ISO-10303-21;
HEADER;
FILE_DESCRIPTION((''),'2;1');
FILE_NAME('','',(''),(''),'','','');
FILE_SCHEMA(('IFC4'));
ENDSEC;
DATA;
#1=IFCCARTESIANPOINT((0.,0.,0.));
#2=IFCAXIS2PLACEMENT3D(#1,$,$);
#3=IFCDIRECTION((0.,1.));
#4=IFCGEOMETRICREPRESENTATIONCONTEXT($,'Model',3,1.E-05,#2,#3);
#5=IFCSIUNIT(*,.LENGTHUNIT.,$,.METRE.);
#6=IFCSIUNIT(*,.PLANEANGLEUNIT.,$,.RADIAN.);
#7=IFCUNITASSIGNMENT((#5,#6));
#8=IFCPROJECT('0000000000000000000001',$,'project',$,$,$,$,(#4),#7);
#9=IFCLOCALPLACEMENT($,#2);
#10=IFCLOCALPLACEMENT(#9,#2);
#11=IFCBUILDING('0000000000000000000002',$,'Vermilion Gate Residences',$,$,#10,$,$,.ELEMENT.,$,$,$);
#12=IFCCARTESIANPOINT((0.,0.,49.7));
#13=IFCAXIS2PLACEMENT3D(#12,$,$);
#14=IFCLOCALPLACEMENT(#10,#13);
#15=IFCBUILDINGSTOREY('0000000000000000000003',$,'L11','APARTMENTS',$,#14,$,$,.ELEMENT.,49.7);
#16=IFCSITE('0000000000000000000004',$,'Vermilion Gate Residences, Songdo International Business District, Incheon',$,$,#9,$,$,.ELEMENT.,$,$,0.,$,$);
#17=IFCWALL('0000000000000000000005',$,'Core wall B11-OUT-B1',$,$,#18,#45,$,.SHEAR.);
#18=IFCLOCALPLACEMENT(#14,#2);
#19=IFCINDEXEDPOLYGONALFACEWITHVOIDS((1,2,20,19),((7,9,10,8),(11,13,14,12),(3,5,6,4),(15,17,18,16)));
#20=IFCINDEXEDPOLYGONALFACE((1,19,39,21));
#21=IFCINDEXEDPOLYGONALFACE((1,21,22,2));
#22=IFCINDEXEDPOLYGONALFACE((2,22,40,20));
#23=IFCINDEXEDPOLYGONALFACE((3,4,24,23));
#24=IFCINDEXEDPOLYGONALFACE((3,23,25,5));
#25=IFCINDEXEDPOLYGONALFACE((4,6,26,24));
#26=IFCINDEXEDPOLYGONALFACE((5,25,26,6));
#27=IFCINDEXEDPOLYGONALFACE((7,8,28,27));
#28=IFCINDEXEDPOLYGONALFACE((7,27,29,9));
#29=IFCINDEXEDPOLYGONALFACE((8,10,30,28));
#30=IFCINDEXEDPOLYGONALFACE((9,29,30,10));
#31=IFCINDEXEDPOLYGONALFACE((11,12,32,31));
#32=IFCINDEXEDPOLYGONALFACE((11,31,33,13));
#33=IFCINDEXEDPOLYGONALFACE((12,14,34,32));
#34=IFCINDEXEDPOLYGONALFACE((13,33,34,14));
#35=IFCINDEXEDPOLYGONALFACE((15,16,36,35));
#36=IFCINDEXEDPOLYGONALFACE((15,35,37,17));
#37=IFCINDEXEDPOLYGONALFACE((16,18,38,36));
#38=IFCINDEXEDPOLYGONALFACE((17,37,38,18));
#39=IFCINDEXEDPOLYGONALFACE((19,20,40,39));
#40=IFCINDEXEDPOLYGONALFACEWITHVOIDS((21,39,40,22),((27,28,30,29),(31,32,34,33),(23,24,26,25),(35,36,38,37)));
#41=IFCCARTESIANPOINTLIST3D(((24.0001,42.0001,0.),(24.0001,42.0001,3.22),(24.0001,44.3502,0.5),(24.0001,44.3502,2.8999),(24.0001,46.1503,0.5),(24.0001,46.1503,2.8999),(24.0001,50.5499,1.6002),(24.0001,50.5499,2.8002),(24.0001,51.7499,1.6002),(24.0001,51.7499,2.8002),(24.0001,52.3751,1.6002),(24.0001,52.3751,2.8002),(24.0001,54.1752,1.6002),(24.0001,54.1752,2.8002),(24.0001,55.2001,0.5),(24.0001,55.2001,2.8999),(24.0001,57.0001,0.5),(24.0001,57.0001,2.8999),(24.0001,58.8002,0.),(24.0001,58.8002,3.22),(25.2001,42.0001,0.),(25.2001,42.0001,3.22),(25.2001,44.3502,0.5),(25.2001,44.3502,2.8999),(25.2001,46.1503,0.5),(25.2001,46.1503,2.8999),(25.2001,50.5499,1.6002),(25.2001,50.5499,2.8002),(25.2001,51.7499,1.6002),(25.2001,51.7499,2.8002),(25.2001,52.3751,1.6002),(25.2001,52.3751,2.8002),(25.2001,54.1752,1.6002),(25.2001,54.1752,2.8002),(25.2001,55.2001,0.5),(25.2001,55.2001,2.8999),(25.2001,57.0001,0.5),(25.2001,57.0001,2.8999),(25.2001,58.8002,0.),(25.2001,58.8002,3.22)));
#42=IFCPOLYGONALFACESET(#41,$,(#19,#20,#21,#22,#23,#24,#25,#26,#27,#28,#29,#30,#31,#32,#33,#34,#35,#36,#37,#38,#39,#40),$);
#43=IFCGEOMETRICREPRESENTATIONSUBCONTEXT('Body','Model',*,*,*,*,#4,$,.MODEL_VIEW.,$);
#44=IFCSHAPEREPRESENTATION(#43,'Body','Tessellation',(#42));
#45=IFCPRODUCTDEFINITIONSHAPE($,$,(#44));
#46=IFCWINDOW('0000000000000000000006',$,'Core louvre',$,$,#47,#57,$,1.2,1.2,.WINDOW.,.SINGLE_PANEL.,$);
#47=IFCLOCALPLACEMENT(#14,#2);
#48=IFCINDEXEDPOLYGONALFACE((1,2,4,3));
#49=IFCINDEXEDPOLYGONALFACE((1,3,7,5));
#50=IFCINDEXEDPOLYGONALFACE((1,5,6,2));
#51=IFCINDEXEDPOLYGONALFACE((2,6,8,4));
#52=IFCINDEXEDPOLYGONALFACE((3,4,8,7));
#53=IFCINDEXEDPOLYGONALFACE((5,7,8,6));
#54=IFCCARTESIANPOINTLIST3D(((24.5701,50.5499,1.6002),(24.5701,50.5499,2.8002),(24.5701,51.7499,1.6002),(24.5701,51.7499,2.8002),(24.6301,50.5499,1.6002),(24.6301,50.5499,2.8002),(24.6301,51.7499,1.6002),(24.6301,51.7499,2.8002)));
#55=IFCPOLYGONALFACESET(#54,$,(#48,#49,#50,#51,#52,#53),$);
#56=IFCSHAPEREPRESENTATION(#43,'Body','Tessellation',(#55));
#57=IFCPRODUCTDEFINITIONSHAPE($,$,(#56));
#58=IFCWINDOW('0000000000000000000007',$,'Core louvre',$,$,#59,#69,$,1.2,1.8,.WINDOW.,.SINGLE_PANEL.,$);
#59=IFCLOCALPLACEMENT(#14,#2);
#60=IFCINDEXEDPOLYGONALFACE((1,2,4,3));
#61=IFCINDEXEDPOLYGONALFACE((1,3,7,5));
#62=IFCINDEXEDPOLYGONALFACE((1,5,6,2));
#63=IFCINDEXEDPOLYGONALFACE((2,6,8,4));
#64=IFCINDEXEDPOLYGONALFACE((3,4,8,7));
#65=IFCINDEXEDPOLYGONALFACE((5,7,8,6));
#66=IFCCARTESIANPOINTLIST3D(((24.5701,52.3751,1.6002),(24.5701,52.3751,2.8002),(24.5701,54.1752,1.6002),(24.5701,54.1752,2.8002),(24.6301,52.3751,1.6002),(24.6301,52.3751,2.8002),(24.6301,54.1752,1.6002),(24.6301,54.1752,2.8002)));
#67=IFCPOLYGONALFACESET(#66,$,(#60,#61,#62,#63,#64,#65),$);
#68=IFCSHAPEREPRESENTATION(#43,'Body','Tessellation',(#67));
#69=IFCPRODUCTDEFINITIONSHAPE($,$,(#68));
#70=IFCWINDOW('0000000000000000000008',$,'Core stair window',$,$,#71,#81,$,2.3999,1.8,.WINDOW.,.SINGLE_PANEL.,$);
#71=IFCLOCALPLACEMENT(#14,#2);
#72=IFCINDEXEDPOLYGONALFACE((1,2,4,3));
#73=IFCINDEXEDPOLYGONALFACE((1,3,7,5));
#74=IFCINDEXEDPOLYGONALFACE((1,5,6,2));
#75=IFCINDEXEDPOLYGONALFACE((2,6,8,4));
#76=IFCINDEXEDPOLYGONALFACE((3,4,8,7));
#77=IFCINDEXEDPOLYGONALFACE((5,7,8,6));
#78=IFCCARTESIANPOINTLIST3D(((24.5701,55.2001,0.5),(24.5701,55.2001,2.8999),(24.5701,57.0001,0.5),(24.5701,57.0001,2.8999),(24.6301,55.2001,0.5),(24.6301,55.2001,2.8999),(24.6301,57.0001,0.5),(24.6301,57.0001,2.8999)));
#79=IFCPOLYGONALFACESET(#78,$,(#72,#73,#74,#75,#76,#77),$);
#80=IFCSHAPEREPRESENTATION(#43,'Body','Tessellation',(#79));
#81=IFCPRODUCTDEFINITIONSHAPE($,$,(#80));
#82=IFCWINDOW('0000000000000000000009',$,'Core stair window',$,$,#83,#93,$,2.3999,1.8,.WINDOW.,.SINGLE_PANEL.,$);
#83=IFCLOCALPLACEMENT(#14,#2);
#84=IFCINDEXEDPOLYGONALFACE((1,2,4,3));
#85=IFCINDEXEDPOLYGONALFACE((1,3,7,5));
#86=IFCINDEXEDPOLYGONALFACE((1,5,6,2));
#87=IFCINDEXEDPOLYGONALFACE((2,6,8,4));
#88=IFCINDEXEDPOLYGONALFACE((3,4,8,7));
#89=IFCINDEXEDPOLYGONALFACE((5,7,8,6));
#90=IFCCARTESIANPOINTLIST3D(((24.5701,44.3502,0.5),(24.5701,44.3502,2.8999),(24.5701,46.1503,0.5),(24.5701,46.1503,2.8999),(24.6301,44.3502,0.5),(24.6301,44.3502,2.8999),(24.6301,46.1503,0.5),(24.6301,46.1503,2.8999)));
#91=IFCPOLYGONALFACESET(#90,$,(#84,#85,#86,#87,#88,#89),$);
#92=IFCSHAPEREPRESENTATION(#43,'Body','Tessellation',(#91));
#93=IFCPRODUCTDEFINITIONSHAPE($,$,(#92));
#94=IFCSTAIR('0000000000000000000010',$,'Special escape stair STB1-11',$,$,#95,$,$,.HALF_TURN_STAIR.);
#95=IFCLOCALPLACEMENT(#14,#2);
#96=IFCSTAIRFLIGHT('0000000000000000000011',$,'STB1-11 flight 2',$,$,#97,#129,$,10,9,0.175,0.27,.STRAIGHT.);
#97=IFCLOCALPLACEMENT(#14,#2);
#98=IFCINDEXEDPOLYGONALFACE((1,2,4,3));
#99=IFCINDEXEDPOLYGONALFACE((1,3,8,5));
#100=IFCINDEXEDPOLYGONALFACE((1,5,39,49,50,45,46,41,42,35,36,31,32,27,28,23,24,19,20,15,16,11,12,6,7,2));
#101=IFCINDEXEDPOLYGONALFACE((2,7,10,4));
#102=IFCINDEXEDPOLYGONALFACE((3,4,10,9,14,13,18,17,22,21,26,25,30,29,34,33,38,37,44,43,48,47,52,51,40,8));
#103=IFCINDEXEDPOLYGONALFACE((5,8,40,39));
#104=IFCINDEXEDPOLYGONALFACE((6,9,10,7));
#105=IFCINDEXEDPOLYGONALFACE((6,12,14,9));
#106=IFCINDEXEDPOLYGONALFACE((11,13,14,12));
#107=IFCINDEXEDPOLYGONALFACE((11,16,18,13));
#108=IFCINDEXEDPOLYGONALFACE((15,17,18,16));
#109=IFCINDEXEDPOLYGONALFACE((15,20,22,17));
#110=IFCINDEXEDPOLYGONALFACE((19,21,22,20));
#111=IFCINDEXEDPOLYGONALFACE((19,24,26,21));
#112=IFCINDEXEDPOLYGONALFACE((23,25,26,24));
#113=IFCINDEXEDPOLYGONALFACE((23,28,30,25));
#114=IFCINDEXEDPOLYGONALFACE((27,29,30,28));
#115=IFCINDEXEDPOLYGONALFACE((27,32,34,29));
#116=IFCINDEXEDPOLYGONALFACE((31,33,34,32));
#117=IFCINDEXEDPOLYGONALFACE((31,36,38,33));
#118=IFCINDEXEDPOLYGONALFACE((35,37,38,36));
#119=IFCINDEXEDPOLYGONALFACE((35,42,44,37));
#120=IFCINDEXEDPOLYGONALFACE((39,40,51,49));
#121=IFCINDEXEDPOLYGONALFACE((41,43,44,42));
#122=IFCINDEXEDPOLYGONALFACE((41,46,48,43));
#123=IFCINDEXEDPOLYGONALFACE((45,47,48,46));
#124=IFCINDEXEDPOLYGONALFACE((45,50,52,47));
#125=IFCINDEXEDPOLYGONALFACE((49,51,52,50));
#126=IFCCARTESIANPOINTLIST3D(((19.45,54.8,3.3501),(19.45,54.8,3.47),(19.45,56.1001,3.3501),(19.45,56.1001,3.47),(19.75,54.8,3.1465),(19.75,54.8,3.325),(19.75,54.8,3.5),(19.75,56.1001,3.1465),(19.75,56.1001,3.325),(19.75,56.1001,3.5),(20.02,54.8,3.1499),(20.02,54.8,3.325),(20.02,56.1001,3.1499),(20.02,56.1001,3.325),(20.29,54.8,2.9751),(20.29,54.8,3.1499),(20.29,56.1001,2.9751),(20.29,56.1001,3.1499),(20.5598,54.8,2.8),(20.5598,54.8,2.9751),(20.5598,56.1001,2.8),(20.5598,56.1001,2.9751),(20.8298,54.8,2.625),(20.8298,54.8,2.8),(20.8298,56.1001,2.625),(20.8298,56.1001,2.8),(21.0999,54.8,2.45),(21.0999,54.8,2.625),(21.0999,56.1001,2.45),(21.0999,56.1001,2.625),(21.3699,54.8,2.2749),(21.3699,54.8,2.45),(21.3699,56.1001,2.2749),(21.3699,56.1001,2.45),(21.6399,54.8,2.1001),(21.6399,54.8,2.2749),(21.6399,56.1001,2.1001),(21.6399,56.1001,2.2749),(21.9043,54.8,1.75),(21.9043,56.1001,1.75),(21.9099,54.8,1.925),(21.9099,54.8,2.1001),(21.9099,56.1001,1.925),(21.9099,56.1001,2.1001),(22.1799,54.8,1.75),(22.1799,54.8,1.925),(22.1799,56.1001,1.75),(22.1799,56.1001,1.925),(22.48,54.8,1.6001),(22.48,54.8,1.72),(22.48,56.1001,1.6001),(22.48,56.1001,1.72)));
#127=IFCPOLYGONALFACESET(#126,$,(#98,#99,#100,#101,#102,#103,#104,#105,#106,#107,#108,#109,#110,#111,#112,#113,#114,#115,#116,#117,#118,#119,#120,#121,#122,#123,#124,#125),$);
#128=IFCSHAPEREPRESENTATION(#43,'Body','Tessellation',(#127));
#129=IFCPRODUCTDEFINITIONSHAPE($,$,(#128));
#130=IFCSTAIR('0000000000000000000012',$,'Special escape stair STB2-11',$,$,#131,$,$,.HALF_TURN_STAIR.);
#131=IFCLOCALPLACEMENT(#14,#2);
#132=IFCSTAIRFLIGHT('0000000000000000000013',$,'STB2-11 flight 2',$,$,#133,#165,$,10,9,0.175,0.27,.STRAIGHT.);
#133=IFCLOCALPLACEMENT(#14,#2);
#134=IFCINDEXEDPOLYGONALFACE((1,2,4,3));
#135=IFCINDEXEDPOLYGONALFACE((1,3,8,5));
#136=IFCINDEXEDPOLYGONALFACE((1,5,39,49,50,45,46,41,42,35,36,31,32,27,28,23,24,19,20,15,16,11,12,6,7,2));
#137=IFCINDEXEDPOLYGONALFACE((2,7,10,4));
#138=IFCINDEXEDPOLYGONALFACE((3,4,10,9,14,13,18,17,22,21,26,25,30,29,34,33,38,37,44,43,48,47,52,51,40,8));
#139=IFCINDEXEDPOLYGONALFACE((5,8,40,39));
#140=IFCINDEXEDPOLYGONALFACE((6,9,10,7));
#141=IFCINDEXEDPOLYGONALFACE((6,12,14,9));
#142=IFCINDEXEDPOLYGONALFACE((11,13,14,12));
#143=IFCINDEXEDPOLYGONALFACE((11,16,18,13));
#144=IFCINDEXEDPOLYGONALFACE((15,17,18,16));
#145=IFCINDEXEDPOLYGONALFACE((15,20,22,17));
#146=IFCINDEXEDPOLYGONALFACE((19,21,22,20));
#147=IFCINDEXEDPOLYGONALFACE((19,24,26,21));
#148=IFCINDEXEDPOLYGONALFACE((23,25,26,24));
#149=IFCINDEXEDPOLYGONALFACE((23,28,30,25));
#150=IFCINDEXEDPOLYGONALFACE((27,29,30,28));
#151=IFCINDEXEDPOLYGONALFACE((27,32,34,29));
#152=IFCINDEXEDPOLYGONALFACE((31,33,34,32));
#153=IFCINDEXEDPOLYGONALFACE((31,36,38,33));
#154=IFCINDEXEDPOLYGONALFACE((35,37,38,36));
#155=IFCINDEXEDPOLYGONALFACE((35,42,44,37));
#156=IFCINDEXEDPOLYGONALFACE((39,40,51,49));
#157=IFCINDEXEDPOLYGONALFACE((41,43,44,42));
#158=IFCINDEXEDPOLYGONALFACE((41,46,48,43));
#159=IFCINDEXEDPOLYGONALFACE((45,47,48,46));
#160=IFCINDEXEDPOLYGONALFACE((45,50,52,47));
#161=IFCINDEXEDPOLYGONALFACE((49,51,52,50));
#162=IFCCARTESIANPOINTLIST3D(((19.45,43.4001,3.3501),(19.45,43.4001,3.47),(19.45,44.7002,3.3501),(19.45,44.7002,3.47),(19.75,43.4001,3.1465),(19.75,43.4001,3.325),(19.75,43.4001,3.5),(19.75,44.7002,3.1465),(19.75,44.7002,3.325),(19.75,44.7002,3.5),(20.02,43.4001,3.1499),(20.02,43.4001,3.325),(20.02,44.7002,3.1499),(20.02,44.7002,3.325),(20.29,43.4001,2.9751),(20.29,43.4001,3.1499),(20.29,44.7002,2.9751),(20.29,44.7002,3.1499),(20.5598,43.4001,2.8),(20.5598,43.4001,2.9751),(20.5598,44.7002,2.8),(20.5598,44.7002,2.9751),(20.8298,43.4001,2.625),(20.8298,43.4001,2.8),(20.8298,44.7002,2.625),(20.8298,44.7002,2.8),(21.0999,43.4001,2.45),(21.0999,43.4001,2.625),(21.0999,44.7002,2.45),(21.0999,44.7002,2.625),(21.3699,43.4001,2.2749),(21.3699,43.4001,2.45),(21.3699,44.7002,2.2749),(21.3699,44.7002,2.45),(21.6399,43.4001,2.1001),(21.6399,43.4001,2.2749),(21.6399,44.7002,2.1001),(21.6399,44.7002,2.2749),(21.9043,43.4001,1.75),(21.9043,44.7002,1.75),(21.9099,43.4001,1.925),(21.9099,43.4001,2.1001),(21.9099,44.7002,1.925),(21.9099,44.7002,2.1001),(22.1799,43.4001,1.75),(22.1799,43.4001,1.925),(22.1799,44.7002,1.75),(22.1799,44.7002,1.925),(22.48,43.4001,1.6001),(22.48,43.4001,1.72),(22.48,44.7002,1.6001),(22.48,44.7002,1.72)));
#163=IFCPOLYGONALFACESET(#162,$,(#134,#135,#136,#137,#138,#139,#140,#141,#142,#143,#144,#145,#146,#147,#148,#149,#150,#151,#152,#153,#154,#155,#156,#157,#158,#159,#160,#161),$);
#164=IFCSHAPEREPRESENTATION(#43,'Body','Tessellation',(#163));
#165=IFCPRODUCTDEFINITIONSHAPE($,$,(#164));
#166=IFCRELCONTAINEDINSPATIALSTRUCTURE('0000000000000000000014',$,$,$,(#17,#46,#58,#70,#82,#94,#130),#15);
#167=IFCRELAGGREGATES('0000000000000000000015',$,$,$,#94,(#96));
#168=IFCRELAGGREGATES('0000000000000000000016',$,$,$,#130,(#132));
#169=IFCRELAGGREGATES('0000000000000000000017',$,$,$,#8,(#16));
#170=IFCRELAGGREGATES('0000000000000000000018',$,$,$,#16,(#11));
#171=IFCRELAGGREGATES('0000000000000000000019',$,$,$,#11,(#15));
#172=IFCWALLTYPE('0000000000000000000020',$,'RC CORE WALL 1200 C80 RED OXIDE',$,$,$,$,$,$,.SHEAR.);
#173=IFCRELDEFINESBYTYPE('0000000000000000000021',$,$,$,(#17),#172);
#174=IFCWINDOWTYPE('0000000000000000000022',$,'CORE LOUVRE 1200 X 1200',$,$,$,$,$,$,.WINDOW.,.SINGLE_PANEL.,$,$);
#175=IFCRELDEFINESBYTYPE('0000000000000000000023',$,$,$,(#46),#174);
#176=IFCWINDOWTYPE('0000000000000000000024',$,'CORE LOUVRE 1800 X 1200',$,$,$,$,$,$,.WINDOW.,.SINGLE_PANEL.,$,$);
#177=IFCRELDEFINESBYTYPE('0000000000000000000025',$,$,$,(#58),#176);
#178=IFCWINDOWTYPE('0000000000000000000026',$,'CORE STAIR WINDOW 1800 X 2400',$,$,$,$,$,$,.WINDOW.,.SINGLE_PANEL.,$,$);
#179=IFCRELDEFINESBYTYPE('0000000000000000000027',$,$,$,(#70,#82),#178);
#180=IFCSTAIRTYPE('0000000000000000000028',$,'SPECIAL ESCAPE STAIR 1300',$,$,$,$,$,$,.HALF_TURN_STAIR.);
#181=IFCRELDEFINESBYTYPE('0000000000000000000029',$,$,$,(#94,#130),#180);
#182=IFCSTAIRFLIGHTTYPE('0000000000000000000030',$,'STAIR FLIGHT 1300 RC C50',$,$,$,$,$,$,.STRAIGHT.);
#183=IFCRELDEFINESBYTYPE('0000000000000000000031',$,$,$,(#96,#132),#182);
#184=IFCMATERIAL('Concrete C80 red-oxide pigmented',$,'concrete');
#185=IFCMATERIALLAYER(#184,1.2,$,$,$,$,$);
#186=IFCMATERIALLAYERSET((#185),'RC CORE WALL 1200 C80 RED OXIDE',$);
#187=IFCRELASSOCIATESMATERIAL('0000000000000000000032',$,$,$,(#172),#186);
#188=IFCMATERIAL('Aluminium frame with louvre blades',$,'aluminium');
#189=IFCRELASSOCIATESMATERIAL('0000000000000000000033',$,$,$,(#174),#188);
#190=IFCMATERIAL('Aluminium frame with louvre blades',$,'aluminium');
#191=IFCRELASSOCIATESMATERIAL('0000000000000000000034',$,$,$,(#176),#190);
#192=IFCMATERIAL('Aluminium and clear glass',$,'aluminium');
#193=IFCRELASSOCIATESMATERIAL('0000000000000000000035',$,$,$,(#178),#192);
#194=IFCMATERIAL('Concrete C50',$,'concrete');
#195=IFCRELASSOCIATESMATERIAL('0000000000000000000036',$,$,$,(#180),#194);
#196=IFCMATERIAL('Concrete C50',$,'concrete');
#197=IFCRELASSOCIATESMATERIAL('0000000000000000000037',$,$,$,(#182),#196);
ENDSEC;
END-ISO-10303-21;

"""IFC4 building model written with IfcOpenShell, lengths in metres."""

from ifc_helpers import new_model, si_unit, direction, frame, frame_2d, origin, place, context, subcontext, project, spatial, polyline, rectangle, outline, extrude, material, layer, layer_set, type_object, element, fill, aggregate, save


model = new_model("IFC4")

# Units and contexts
model_context = context("Model", 3, precision=1e-05, world=origin(), true_north=direction((0.0, 1.0)))
body_context = subcontext(model_context, "Body", "Model", "MODEL_VIEW")
ifc_project = project(units=[si_unit("LENGTHUNIT", "METRE"), si_unit("PLANEANGLEUNIT", "RADIAN")], contexts=[model_context])

# Site, building, storey
site_placement = place(None, origin())
site = spatial("IfcSite", under=ifc_project, at=site_placement, Name="Vermilion Gate Residences, Songdo International Business District, Incheon", CompositionType="ELEMENT", RefElevation=0.0)
building_placement = place(site_placement, origin())
building = spatial("IfcBuilding", under=site, at=building_placement, Name="Vermilion Gate Residences", CompositionType="ELEMENT")
storey_placement = place(building_placement, frame((0.0, 0.0, 49.7)))
storey = spatial("IfcBuildingStorey", under=building, at=storey_placement, Name="L11", Description="APARTMENTS", CompositionType="ELEMENT", Elevation=49.7)

# Wall, openings, windows
ifc_material_1 = material(Name="Concrete C80 red-oxide pigmented", Category="concrete")
ifc_layer_1 = layer(ifc_material_1, 1.2)
ifc_layer_set_1 = layer_set([ifc_layer_1], Name="RC CORE WALL 1200 C80 RED OXIDE")
wall_type_1 = type_object("IfcWallType", Name="RC CORE WALL 1200 C80 RED OXIDE", PredefinedType="SHEAR", material=ifc_layer_set_1)
wall_1_placement = place(storey_placement, frame((24.6001, 58.8, 0.0), z_axis=(0.0, 0.0, 1.0), x_axis=(0.0, -1.0, 0.0)))
wall_1 = element("IfcWall", 1, at=wall_1_placement, inside=storey, type_object=wall_type_1, Name="Core wall B11-OUT-B1", PredefinedType="SHEAR", context=body_context, shape_type="SweptSolid", body=[
    extrude(rectangle(XDim=16.8, YDim=1.2, at=frame_2d((8.3999, 0.0))), origin(), (0.0, 0.0, 1.0), 3.22),
])
opening_1_placement = place(wall_1_placement, frame((1.8, 0.0, 0.5)))
opening_1 = element("IfcOpeningElement", 2, at=opening_1_placement, cuts=wall_1, PredefinedType="OPENING", context=body_context, shape_type="SweptSolid", body=[
    extrude(rectangle(XDim=1.8, YDim=2.3999, at=frame_2d((0.8999, 1.2))), frame((0.0, 0.6099, 0.0), z_axis=(0.0, -1.0, 0.0), x_axis=(1.0, 0.0, 0.0)), (0.0, 0.0, 1.0), 1.22),
])
opening_2_placement = place(wall_1_placement, frame((4.625, 0.0, 1.6001)))
opening_2 = element("IfcOpeningElement", 3, at=opening_2_placement, cuts=wall_1, PredefinedType="OPENING", context=body_context, shape_type="SweptSolid", body=[
    extrude(rectangle(XDim=1.8, YDim=1.2, at=frame_2d((0.8999, 0.6001))), frame((0.0, 0.6099, 0.0), z_axis=(0.0, -1.0, 0.0), x_axis=(1.0, 0.0, 0.0)), (0.0, 0.0, 1.0), 1.22),
])
opening_3_placement = place(wall_1_placement, frame((7.05, 0.0, 1.6001)))
opening_3 = element("IfcOpeningElement", 4, at=opening_3_placement, cuts=wall_1, PredefinedType="OPENING", context=body_context, shape_type="SweptSolid", body=[
    extrude(rectangle(XDim=1.2, YDim=1.2, at=frame_2d((0.6001, 0.6001))), frame((0.0, 0.6099, 0.0), z_axis=(0.0, -1.0, 0.0), x_axis=(1.0, 0.0, 0.0)), (0.0, 0.0, 1.0), 1.22),
])
opening_4_placement = place(wall_1_placement, frame((12.6499, 0.0, 0.5)))
opening_4 = element("IfcOpeningElement", 5, at=opening_4_placement, cuts=wall_1, PredefinedType="OPENING", context=body_context, shape_type="SweptSolid", body=[
    extrude(rectangle(XDim=1.8, YDim=2.3999, at=frame_2d((0.8999, 1.2))), frame((0.0, 0.6099, 0.0), z_axis=(0.0, -1.0, 0.0), x_axis=(1.0, 0.0, 0.0)), (0.0, 0.0, 1.0), 1.22),
])
ifc_material_2 = material(Name="Aluminium frame with louvre blades", Category="aluminium")
window_type_1 = type_object("IfcWindowType", Name="CORE LOUVRE 1200 X 1200", PartitioningType="SINGLE_PANEL", PredefinedType="WINDOW", material=ifc_material_2)
window_1_placement = place(opening_3_placement, origin())
window_1 = element("IfcWindow", 6, at=window_1_placement, inside=storey, type_object=window_type_1, Name="Core louvre", OverallHeight=1.2, OverallWidth=1.2, PartitioningType="SINGLE_PANEL", PredefinedType="WINDOW", context=body_context, shape_type="SweptSolid", body=[
    extrude(rectangle(XDim=1.2, YDim=1.2, at=frame_2d((0.6001, 0.6001))), frame((0.0, 0.03, 0.0), z_axis=(0.0, -1.0, 0.0), x_axis=(1.0, 0.0, 0.0)), (0.0, 0.0, 1.0), 0.0601),
])
fill(opening_3, window_1)
ifc_material_3 = material(Name="Aluminium frame with louvre blades", Category="aluminium")
window_type_2 = type_object("IfcWindowType", Name="CORE LOUVRE 1800 X 1200", PartitioningType="SINGLE_PANEL", PredefinedType="WINDOW", material=ifc_material_3)
window_2_placement = place(opening_2_placement, origin())
window_2 = element("IfcWindow", 7, at=window_2_placement, inside=storey, type_object=window_type_2, Name="Core louvre", OverallHeight=1.2, OverallWidth=1.8, PartitioningType="SINGLE_PANEL", PredefinedType="WINDOW", context=body_context, shape_type="SweptSolid", body=[
    extrude(rectangle(XDim=1.8, YDim=1.2, at=frame_2d((0.8999, 0.6001))), frame((0.0, 0.03, 0.0), z_axis=(0.0, -1.0, 0.0), x_axis=(1.0, 0.0, 0.0)), (0.0, 0.0, 1.0), 0.0601),
])
fill(opening_2, window_2)
ifc_material_4 = material(Name="Aluminium and clear glass", Category="aluminium")
window_type_3 = type_object("IfcWindowType", Name="CORE STAIR WINDOW 1800 X 2400", PartitioningType="SINGLE_PANEL", PredefinedType="WINDOW", material=ifc_material_4)
window_3_placement = place(opening_1_placement, origin())
window_3 = element("IfcWindow", 8, at=window_3_placement, inside=storey, type_object=window_type_3, Name="Core stair window", OverallHeight=2.3999, OverallWidth=1.8, PartitioningType="SINGLE_PANEL", PredefinedType="WINDOW", context=body_context, shape_type="SweptSolid", body=[
    extrude(rectangle(XDim=1.8, YDim=2.3999, at=frame_2d((0.8999, 1.2))), frame((0.0, 0.03, 0.0), z_axis=(0.0, -1.0, 0.0), x_axis=(1.0, 0.0, 0.0)), (0.0, 0.0, 1.0), 0.0601),
])
fill(opening_1, window_3)
window_4_placement = place(opening_4_placement, origin())
window_4 = element("IfcWindow", 9, at=window_4_placement, inside=storey, type_object=window_type_3, Name="Core stair window", OverallHeight=2.3999, OverallWidth=1.8, PartitioningType="SINGLE_PANEL", PredefinedType="WINDOW", context=body_context, shape_type="SweptSolid", body=[
    extrude(rectangle(XDim=1.8, YDim=2.3999, at=frame_2d((0.8999, 1.2))), frame((0.0, 0.03, 0.0), z_axis=(0.0, -1.0, 0.0), x_axis=(1.0, 0.0, 0.0)), (0.0, 0.0, 1.0), 0.0601),
])
fill(opening_4, window_4)

# Stairs, stair flights
ifc_material_5 = material(Name="Concrete C50", Category="concrete")
stair_type = type_object("IfcStairType", Name="SPECIAL ESCAPE STAIR 1300", PredefinedType="HALF_TURN_STAIR", material=ifc_material_5)
stair_1_placement = place(storey_placement, origin())
stair_1 = element("IfcStair", 10, at=stair_1_placement, inside=storey, type_object=stair_type, Name="Special escape stair STB1-11", PredefinedType="HALF_TURN_STAIR")
ifc_material_6 = material(Name="Concrete C50", Category="concrete")
stair_flight_type = type_object("IfcStairFlightType", Name="STAIR FLIGHT 1300 RC C50", PredefinedType="STRAIGHT", material=ifc_material_6)
stair_flight_1_placement = place(storey_placement, frame((22.1799, 55.45, 1.75), z_axis=(0.0, 0.0, 1.0), x_axis=(-1.0, 0.0, 0.0)))
stair_flight_1 = element("IfcStairFlight", 11, at=stair_flight_1_placement, type_object=stair_flight_type, Name="STB1-11 flight 2", NumberOfRisers=10, NumberOfTreads=9, PredefinedType="STRAIGHT", RiserHeight=0.175, TreadLength=0.27, context=body_context, shape_type="SweptSolid", body=[
    extrude(outline(polyline([(-0.3, -0.1499), (-0.3, -0.03), (0.0, 0.0), (0.0, 0.175), (0.27, 0.175), (0.27, 0.3501), (0.54, 0.3501), (0.54, 0.5249), (0.8101, 0.5249), (0.8101, 0.7), (1.0801, 0.7), (1.0801, 0.875), (1.3501, 0.875), (1.3501, 1.05), (1.6201, 1.05), (1.6201, 1.2251), (1.8899, 1.2251), (1.8899, 1.3999), (2.1599, 1.3999), (2.1599, 1.575), (2.4299, 1.575), (2.4299, 1.75), (2.73, 1.72), (2.73, 1.6001), (2.4299, 1.3965), (0.2756, 0.0), (-0.3, -0.1499)])), frame((0.0, 0.6499, 0.0), z_axis=(0.0, -1.0, 0.0), x_axis=(1.0, 0.0, 0.0)), (0.0, 0.0, 1.0), 1.3),
])
aggregate(stair_1, [stair_flight_1])
stair_2_placement = place(storey_placement, origin())
stair_2 = element("IfcStair", 12, at=stair_2_placement, inside=storey, type_object=stair_type, Name="Special escape stair STB2-11", PredefinedType="HALF_TURN_STAIR")
stair_flight_2_placement = place(storey_placement, frame((22.1799, 44.05, 1.75), z_axis=(0.0, 0.0, 1.0), x_axis=(-1.0, 0.0, 0.0)))
stair_flight_2 = element("IfcStairFlight", 13, at=stair_flight_2_placement, type_object=stair_flight_type, Name="STB2-11 flight 2", NumberOfRisers=10, NumberOfTreads=9, PredefinedType="STRAIGHT", RiserHeight=0.175, TreadLength=0.27, context=body_context, shape_type="SweptSolid", body=[
    extrude(outline(polyline([(-0.3, -0.1499), (-0.3, -0.03), (0.0, 0.0), (0.0, 0.175), (0.27, 0.175), (0.27, 0.3501), (0.54, 0.3501), (0.54, 0.5249), (0.8101, 0.5249), (0.8101, 0.7), (1.0801, 0.7), (1.0801, 0.875), (1.3501, 0.875), (1.3501, 1.05), (1.6201, 1.05), (1.6201, 1.2251), (1.8899, 1.2251), (1.8899, 1.3999), (2.1599, 1.3999), (2.1599, 1.575), (2.4299, 1.575), (2.4299, 1.75), (2.73, 1.72), (2.73, 1.6001), (2.4299, 1.3965), (0.2756, 0.0), (-0.3, -0.1499)])), frame((0.0, 0.6499, 0.0), z_axis=(0.0, -1.0, 0.0), x_axis=(1.0, 0.0, 0.0)), (0.0, 0.0, 1.0), 1.3),
])
aggregate(stair_2, [stair_flight_2])

save(model, "model.ifc")
